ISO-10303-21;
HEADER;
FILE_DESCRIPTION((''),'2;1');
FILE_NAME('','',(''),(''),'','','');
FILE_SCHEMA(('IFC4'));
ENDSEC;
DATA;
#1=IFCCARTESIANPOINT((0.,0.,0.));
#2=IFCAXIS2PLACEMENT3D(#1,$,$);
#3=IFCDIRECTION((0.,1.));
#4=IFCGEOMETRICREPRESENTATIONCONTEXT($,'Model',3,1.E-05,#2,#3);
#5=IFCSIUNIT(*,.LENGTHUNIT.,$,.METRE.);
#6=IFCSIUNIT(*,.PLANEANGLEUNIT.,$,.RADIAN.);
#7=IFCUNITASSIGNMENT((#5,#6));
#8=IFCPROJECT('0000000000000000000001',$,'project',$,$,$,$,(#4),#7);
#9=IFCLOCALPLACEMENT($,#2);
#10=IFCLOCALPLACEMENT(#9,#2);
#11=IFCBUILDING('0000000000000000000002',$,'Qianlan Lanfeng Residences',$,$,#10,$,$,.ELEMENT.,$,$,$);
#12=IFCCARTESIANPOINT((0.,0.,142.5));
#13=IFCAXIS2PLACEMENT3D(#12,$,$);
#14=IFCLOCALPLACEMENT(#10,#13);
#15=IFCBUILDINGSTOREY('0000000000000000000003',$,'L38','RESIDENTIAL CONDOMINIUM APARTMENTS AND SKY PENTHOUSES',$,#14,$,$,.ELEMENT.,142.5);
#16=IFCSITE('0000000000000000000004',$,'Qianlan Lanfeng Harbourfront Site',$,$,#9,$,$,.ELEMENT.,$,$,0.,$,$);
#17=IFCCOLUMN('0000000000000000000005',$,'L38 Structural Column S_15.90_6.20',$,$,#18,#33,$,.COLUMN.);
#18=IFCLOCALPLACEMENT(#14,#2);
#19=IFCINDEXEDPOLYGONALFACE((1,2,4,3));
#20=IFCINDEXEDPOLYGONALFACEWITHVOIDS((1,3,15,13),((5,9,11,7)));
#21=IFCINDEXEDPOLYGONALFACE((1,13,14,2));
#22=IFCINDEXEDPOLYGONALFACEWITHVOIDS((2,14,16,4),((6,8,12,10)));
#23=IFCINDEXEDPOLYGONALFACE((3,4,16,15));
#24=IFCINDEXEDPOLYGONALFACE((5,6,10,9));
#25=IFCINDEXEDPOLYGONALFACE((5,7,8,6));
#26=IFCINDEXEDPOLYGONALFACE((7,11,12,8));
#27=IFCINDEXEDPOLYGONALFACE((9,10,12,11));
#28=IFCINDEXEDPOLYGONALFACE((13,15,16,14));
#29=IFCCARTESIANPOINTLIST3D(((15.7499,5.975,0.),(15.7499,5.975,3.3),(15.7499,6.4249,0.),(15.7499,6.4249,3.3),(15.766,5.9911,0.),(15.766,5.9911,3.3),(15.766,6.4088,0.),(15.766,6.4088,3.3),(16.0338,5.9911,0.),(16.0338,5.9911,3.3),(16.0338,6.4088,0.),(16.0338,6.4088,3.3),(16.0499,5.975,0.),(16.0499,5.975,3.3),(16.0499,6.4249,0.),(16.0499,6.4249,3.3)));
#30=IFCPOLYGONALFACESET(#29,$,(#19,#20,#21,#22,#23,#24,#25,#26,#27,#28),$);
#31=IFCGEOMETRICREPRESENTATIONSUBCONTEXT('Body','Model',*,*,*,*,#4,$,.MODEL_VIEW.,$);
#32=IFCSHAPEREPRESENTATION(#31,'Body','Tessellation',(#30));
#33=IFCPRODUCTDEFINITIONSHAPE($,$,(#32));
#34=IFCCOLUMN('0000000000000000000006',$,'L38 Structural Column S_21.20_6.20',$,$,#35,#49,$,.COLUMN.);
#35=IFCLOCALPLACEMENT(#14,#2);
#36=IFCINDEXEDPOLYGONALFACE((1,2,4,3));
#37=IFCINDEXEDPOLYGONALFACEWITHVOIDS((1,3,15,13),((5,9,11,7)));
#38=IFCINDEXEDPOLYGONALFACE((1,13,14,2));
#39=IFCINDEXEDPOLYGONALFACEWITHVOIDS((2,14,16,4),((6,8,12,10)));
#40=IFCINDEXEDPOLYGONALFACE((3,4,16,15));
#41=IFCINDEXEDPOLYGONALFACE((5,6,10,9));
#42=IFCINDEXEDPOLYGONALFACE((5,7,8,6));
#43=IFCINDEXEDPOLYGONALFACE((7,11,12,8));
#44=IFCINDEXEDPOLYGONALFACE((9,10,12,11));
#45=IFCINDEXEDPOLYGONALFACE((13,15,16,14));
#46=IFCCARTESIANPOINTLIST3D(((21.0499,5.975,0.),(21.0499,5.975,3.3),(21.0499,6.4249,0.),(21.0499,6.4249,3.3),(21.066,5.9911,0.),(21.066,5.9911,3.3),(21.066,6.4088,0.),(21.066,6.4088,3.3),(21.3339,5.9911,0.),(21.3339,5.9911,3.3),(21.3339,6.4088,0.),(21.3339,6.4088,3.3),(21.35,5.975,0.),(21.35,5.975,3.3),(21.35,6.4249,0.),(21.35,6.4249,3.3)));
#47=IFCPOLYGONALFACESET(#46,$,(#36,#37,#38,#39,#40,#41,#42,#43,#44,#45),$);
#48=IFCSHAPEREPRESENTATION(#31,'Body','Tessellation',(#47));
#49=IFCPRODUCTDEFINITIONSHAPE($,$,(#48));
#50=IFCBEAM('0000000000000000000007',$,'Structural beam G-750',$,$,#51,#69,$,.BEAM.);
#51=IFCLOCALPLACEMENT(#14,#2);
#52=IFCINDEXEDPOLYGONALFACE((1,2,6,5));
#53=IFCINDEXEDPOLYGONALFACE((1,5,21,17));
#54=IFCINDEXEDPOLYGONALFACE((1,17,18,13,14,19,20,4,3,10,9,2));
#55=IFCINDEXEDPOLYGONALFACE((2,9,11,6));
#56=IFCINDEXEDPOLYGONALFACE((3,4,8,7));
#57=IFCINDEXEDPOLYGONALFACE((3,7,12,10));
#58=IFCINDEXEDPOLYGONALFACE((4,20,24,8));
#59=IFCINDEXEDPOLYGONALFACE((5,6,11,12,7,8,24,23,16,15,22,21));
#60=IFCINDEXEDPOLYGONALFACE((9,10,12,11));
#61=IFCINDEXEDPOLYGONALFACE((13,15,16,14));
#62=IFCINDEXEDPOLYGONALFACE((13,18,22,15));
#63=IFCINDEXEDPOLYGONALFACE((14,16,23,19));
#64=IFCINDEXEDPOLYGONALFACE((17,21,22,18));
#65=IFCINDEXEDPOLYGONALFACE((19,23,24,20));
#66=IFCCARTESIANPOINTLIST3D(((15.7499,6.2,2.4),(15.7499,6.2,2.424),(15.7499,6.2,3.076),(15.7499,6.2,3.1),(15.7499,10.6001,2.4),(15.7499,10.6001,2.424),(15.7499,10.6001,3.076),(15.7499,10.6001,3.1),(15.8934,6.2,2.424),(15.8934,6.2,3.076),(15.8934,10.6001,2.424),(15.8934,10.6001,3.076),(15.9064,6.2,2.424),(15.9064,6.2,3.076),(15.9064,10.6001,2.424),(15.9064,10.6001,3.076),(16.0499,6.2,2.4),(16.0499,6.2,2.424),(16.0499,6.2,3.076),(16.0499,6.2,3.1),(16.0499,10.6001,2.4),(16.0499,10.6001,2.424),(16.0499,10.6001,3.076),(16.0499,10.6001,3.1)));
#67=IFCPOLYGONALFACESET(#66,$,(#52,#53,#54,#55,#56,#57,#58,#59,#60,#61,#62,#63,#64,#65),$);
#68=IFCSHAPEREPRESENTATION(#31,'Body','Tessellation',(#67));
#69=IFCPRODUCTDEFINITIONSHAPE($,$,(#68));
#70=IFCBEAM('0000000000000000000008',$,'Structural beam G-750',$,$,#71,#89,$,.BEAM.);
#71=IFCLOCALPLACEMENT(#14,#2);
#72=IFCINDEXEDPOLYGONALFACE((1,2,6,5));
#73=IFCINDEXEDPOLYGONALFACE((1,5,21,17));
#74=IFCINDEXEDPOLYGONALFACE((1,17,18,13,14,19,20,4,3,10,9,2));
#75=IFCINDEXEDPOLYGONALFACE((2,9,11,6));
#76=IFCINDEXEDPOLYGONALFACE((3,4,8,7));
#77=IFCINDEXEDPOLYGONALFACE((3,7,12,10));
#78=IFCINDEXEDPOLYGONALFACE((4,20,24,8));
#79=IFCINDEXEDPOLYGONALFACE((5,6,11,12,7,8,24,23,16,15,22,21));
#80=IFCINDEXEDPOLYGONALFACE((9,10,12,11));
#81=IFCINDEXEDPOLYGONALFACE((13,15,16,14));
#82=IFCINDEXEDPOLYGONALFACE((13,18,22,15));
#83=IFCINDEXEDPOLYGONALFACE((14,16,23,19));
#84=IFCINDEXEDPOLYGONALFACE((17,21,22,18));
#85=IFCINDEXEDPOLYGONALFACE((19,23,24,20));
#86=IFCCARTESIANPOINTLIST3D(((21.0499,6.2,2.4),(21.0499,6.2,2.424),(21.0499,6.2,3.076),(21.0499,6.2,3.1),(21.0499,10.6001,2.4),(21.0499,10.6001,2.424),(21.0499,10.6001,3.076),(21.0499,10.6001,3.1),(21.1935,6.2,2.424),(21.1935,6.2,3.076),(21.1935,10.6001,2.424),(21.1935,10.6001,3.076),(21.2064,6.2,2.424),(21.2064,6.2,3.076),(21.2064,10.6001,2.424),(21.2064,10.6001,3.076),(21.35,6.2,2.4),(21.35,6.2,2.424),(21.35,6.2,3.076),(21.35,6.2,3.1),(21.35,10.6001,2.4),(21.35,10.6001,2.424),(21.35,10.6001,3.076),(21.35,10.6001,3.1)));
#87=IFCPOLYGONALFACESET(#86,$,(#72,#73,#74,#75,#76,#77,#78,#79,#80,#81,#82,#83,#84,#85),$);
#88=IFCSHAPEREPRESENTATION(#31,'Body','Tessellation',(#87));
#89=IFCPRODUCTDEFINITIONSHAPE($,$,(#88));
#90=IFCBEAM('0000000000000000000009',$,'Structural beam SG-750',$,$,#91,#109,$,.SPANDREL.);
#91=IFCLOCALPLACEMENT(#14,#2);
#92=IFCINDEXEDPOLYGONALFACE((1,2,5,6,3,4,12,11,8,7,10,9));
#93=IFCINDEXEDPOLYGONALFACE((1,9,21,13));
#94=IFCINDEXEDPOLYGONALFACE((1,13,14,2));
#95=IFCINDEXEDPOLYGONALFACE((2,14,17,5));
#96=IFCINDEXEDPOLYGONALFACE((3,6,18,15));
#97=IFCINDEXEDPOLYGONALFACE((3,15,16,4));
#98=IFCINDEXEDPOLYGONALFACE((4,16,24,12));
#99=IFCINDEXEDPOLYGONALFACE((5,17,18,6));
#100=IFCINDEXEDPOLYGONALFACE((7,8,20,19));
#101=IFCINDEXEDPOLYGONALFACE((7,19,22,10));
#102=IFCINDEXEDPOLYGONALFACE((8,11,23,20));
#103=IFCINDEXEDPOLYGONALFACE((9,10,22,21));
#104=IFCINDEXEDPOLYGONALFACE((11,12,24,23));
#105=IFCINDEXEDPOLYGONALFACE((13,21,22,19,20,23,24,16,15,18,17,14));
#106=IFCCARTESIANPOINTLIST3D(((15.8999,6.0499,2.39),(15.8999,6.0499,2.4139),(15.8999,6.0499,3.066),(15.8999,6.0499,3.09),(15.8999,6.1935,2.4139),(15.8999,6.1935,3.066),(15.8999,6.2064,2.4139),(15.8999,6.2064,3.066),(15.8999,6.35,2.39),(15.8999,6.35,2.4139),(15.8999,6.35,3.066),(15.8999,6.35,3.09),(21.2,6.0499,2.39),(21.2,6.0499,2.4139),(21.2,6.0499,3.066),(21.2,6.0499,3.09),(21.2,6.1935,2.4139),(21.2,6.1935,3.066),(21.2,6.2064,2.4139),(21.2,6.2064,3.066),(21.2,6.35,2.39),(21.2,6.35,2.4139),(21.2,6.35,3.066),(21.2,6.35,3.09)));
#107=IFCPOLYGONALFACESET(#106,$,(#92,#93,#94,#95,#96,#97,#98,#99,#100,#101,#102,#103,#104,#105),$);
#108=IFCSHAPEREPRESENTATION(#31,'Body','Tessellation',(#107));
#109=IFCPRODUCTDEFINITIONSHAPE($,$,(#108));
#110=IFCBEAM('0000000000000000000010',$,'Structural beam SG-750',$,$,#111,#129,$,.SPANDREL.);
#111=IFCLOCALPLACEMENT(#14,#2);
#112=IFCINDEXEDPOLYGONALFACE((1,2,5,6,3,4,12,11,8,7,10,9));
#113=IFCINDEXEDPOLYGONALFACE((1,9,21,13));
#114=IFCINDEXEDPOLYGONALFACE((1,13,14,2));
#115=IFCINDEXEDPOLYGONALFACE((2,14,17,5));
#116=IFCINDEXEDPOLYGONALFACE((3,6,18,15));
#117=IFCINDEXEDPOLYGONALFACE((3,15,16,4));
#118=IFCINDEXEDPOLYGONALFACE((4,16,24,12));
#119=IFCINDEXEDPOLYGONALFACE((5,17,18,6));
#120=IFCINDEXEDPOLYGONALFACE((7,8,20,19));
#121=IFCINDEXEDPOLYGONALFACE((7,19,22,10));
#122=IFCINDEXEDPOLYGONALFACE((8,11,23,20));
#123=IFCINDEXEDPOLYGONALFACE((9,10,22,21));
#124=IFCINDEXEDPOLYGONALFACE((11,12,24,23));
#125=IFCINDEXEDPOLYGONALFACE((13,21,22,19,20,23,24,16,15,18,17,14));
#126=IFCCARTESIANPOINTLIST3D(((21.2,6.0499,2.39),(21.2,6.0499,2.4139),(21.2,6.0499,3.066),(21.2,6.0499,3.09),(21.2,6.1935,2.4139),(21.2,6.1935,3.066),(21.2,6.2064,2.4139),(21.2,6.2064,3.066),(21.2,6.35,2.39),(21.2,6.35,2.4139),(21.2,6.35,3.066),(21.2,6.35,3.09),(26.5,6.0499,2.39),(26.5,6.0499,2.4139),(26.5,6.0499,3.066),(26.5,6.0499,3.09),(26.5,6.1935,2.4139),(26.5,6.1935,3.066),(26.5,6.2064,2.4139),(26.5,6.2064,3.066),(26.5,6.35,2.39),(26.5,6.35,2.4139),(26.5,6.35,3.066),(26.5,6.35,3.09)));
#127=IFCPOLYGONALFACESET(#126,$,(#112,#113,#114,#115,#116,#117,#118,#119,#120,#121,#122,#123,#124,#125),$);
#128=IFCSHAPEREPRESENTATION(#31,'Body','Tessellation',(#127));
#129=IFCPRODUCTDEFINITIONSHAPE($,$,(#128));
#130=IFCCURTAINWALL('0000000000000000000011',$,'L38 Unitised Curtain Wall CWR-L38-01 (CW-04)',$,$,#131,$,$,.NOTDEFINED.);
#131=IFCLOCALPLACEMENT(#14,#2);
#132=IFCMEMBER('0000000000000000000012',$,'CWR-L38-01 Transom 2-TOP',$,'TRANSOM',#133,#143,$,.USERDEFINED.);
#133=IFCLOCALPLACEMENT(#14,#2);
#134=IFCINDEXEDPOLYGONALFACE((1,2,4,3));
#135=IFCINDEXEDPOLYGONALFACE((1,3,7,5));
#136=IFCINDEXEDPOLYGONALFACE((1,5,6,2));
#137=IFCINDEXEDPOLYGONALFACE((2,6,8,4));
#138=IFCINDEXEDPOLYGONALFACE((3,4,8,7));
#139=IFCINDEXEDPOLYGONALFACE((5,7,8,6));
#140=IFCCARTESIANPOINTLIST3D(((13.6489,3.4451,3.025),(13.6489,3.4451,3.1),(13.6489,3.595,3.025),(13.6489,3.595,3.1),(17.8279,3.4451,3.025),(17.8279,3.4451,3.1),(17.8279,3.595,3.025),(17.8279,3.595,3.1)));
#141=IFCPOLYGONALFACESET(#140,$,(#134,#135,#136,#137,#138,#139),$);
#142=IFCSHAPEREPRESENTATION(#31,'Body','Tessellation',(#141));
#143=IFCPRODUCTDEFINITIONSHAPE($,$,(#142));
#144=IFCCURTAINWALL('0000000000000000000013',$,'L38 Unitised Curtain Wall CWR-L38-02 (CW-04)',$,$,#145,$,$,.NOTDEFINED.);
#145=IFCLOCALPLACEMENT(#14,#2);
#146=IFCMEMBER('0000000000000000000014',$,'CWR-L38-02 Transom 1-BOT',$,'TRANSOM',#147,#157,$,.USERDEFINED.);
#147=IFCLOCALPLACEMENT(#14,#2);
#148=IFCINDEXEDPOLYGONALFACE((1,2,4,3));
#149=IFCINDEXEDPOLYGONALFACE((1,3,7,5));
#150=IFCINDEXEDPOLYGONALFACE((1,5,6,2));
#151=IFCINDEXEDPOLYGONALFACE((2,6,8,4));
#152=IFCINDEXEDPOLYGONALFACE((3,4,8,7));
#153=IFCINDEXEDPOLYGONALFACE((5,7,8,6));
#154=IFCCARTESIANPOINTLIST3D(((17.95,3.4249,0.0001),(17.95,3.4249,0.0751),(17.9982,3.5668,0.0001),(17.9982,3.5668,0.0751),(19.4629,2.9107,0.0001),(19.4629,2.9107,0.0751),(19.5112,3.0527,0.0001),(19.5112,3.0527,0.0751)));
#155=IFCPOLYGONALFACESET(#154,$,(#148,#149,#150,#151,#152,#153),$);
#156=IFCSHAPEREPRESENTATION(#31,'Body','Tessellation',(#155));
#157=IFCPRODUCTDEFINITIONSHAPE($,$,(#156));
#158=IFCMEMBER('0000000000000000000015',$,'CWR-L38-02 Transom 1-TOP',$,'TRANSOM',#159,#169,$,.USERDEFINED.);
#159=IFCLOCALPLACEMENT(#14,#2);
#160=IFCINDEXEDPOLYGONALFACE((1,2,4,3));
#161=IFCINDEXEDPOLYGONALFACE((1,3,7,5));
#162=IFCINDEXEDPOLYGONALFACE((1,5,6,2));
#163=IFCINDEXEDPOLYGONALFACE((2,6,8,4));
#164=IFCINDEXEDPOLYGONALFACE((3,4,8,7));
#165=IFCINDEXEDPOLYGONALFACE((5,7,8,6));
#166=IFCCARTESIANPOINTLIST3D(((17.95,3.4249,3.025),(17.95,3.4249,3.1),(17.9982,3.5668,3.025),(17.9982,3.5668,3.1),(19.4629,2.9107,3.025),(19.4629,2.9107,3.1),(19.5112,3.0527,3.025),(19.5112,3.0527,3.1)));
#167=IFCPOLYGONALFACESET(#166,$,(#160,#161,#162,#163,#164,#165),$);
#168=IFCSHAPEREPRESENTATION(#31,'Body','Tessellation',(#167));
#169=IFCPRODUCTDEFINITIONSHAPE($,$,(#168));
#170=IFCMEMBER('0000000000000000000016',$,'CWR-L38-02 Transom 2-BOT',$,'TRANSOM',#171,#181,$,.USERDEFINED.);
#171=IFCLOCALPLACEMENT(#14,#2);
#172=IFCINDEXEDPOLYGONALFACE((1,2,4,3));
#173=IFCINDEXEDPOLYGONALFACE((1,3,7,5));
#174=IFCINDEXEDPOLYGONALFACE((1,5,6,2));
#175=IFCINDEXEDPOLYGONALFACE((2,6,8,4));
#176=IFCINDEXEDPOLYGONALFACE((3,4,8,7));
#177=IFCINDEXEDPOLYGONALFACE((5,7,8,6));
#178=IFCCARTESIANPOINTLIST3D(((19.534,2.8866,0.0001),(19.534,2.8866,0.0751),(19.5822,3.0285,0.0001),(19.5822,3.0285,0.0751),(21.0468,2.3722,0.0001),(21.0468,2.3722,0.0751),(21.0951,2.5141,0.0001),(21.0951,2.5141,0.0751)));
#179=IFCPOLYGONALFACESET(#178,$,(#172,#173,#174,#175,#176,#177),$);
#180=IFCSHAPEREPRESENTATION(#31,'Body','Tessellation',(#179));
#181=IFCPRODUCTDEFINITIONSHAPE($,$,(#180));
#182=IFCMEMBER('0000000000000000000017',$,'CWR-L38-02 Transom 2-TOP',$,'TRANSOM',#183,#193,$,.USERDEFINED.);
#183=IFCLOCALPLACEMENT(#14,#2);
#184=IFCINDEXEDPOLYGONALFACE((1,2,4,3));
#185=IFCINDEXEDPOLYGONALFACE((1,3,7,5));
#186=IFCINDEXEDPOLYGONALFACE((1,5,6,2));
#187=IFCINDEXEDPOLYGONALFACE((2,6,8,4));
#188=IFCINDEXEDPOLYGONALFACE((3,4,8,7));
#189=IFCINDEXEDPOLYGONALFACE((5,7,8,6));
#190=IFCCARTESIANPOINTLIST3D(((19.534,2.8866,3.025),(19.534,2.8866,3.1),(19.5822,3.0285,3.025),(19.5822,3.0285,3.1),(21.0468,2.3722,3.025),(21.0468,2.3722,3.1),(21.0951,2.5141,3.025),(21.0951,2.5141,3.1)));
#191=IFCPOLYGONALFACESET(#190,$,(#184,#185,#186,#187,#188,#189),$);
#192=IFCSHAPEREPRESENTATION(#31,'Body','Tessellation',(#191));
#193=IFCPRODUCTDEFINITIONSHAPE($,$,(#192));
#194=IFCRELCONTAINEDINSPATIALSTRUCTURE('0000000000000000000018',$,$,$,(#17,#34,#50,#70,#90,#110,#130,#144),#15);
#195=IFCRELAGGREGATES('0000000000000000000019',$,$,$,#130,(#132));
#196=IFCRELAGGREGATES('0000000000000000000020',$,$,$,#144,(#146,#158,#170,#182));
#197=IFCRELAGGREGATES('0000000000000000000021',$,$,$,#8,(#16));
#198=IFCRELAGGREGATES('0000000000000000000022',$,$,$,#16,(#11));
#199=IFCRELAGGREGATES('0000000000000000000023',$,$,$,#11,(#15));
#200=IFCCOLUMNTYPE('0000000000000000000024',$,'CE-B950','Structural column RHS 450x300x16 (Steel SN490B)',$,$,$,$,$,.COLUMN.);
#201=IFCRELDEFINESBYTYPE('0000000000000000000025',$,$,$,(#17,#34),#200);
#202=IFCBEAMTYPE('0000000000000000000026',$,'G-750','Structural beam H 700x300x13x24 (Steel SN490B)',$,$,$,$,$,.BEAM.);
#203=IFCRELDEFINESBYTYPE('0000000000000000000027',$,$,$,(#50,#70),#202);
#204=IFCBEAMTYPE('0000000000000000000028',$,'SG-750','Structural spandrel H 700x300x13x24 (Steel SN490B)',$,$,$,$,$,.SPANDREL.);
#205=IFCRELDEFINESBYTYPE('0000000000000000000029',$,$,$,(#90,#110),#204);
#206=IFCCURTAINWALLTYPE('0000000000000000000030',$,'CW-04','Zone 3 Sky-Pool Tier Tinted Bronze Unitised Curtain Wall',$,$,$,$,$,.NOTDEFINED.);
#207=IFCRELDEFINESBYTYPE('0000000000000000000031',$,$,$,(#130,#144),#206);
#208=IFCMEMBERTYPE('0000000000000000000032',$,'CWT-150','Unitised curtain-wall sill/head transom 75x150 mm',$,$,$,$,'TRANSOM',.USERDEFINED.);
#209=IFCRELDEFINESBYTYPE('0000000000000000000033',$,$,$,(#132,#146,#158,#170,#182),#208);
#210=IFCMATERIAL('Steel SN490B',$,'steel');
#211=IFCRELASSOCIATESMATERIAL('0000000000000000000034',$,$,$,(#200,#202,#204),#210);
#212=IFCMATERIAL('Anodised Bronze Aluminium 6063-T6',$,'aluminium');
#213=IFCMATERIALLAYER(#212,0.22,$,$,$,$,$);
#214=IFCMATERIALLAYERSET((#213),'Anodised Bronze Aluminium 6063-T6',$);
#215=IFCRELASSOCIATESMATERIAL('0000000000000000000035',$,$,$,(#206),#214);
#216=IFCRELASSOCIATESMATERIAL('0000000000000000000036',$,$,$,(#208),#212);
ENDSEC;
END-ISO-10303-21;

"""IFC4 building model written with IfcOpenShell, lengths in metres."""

from ifc_helpers import new_model, si_unit, direction, frame, origin, origin_2d, place, context, subcontext, project, spatial, rectangle, hollow_rectangle, i_section, extrude, source, transform, mapped, material, layer, layer_set, material_profile, profile_set, type_object, element, aggregate, save


model = new_model("IFC4")

# Units and contexts
model_context = context("Model", 3, precision=1e-05, world=origin(), true_north=direction((0.0, 1.0)))
body_context = subcontext(model_context, "Body", "Model", "MODEL_VIEW")
ifc_project = project(units=[si_unit("LENGTHUNIT", "METRE"), si_unit("PLANEANGLEUNIT", "RADIAN")], contexts=[model_context])

# Site, building, storey
site_placement = place(None, origin())
site = spatial("IfcSite", under=ifc_project, at=site_placement, Name="Qianlan Lanfeng Harbourfront Site", CompositionType="ELEMENT", RefElevation=0.0)
building_placement = place(site_placement, origin())
building = spatial("IfcBuilding", under=site, at=building_placement, Name="Qianlan Lanfeng Residences", CompositionType="ELEMENT")
storey_placement = place(building_placement, frame((0.0, 0.0, 142.5)))
storey = spatial("IfcBuildingStorey", under=building, at=storey_placement, Name="L38", Description="RESIDENTIAL CONDOMINIUM APARTMENTS AND SKY PENTHOUSES", CompositionType="ELEMENT", Elevation=142.5)

# Columns
ifc_material_1 = material(Name="Steel SN490B", Category="steel")
ifc_material_profile_1 = material_profile(ifc_material_1, hollow_rectangle(XDim=0.3, YDim=0.45, WallThickness=0.0161, at=origin_2d()), Name="RHS 450x300x16")
ifc_profile_set_1 = profile_set([ifc_material_profile_1], Name="Steel SN490B")
column_type = type_object("IfcColumnType", Name="CE-B950", Description="Structural column RHS 450x300x16 (Steel SN490B)", PredefinedType="COLUMN", material=ifc_profile_set_1)
for number, where, z_axis, x_axis, name in (
    (1, (15.8999, 6.2, 0.0), (0.0, 0.0, 1.0), (1.0, 0.0, 0.0), "L38 Structural Column S_15.90_6.20"),
    (2, (21.2, 6.2, 0.0), (0.0, 0.0, 1.0), (1.0, 0.0, 0.0), "L38 Structural Column S_21.20_6.20"),
):
    element("IfcColumn", number, at=place(storey_placement, frame(where, z_axis=z_axis, x_axis=x_axis)), inside=storey, type_object=column_type, Name=name, PredefinedType="COLUMN", context=body_context, shape_type="SweptSolid", body=[
        extrude(hollow_rectangle(XDim=0.3, YDim=0.45, WallThickness=0.0161, at=origin_2d()), origin(), (0.0, 0.0, 1.0), 3.3),
    ])

# Beams
ifc_material_profile_2 = material_profile(ifc_material_1, i_section(OverallWidth=0.3, OverallDepth=0.7, WebThickness=0.0129, FlangeThickness=0.0239, at=origin_2d()), Name="H 700x300x13x24")
ifc_profile_set_2 = profile_set([ifc_material_profile_2], Name="Steel SN490B")
beam_type_1 = type_object("IfcBeamType", Name="G-750", Description="Structural beam H 700x300x13x24 (Steel SN490B)", PredefinedType="BEAM", material=ifc_profile_set_2)
for number, where, z_axis, x_axis, name in (
    (3, (15.8999, 6.2, 2.75), (0.0, 1.0, 0.0), (-1.0, 0.0, 0.0), "Structural beam G-750"),
    (4, (21.2, 6.2, 2.75), (0.0, 1.0, 0.0), (-1.0, 0.0, 0.0), "Structural beam G-750"),
):
    element("IfcBeam", number, at=place(storey_placement, frame(where, z_axis=z_axis, x_axis=x_axis)), inside=storey, type_object=beam_type_1, Name=name, PredefinedType="BEAM", context=body_context, shape_type="SweptSolid", body=[
        extrude(i_section(OverallWidth=0.3, OverallDepth=0.7, WebThickness=0.0129, FlangeThickness=0.0239, at=origin_2d()), origin(), (0.0, 0.0, 1.0), 4.4001),
    ])
ifc_material_profile_3 = material_profile(ifc_material_1, i_section(OverallWidth=0.3, OverallDepth=0.7, WebThickness=0.0129, FlangeThickness=0.0239, at=origin_2d()), Name="H 700x300x13x24")
ifc_profile_set_3 = profile_set([ifc_material_profile_3], Name="Steel SN490B")
beam_type_2 = type_object("IfcBeamType", Name="SG-750", Description="Structural spandrel H 700x300x13x24 (Steel SN490B)", PredefinedType="SPANDREL", material=ifc_profile_set_3)
for number, where, z_axis, x_axis, name in (
    (5, (15.8999, 6.2, 2.74), (1.0, 0.0, 0.0), (0.0, 1.0, 0.0), "Structural beam SG-750"),
    (6, (21.2, 6.2, 2.74), (1.0, 0.0, 0.0), (0.0, 1.0, 0.0), "Structural beam SG-750"),
):
    element("IfcBeam", number, at=place(storey_placement, frame(where, z_axis=z_axis, x_axis=x_axis)), inside=storey, type_object=beam_type_2, Name=name, PredefinedType="SPANDREL", context=body_context, shape_type="SweptSolid", body=[
        extrude(i_section(OverallWidth=0.3, OverallDepth=0.7, WebThickness=0.0129, FlangeThickness=0.0239, at=origin_2d()), origin(), (0.0, 0.0, 1.0), 5.3),
    ])

# Curtain wall, member
ifc_material_2 = material(Name="Anodised Bronze Aluminium 6063-T6", Category="aluminium")
ifc_layer_1 = layer(ifc_material_2, 0.22)
ifc_layer_set_1 = layer_set([ifc_layer_1], Name="Anodised Bronze Aluminium 6063-T6")
curtain_wall_type = type_object("IfcCurtainWallType", Name="CW-04", Description="Zone 3 Sky-Pool Tier Tinted Bronze Unitised Curtain Wall", PredefinedType="NOTDEFINED", material=ifc_layer_set_1)
curtain_wall_1_placement = place(storey_placement, origin())
curtain_wall_1 = element("IfcCurtainWall", 7, at=curtain_wall_1_placement, inside=storey, type_object=curtain_wall_type, Name="L38 Unitised Curtain Wall CWR-L38-01 (CW-04)", PredefinedType="NOTDEFINED")
ifc_material_profile_4 = material_profile(ifc_material_2, rectangle(XDim=0.075, YDim=0.1499, at=origin_2d()), Name="ALU TRANSOM 75x150")
ifc_profile_set_4 = profile_set([ifc_material_profile_4], Name="Anodised Bronze Aluminium 6063-T6")
member_type_1 = type_object("IfcMemberType", Name="CWT-150", Description="Unitised curtain-wall sill/head transom 75x150 mm", ElementType="TRANSOM", PredefinedType="USERDEFINED", material=ifc_profile_set_4)
shared_shape_1 = source(origin(), body_context, "Body", "SweptSolid", [
    extrude(rectangle(XDim=0.075, YDim=0.1499, at=origin_2d()), origin(), (0.0, 0.0, 1.0), 4.179),
])
member_1_placement = place(storey_placement, frame((13.6489, 3.52, 3.0625), z_axis=(1.0, 0.0, 0.0), x_axis=(0.0, 0.0, 1.0)))
member_1 = element("IfcMember", 8, at=member_1_placement, type_object=member_type_1, Name="CWR-L38-01 Transom 2-TOP", ObjectType="TRANSOM", PredefinedType="USERDEFINED", context=body_context, shape_type="MappedRepresentation", body=[
    mapped(shared_shape_1, transform((0.0, 0.0, 0.0), scale=1.0)),
])

# Curtain wall, members
curtain_wall_2_placement = place(storey_placement, origin())
curtain_wall_2 = element("IfcCurtainWall", 9, at=curtain_wall_2_placement, inside=storey, type_object=curtain_wall_type, Name="L38 Unitised Curtain Wall CWR-L38-02 (CW-04)", PredefinedType="NOTDEFINED")
shared_shape_2 = source(origin(), body_context, "Body", "SweptSolid", [
    extrude(rectangle(XDim=0.075, YDim=0.1499, at=origin_2d()), origin(), (0.0, 0.0, 1.0), 1.5979),
])
member_2_placement = place(storey_placement, frame((17.9741, 3.4958, 0.0376), z_axis=(0.946818, -0.321769, 0.0), x_axis=(0.0, 0.0, 1.0)))
member_2 = element("IfcMember", 10, at=member_2_placement, type_object=member_type_1, Name="CWR-L38-02 Transom 1-BOT", ObjectType="TRANSOM", PredefinedType="USERDEFINED", context=body_context, shape_type="MappedRepresentation", body=[
    mapped(shared_shape_2, transform((0.0, 0.0, 0.0), scale=1.0)),
])
member_3_placement = place(storey_placement, frame((17.9741, 3.4958, 3.0625), z_axis=(0.946818, -0.321769, 0.0), x_axis=(0.0, 0.0, 1.0)))
member_3 = element("IfcMember", 11, at=member_3_placement, type_object=member_type_1, Name="CWR-L38-02 Transom 1-TOP", ObjectType="TRANSOM", PredefinedType="USERDEFINED", context=body_context, shape_type="MappedRepresentation", body=[
    mapped(shared_shape_2, transform((0.0, 0.0, 0.0), scale=1.0)),
])
member_4_placement = place(storey_placement, frame((19.5581, 2.9575, 0.0376), z_axis=(0.946772, -0.321905, 0.0), x_axis=(0.0, 0.0, 1.0)))
member_4 = element("IfcMember", 12, at=member_4_placement, type_object=member_type_1, Name="CWR-L38-02 Transom 2-BOT", ObjectType="TRANSOM", PredefinedType="USERDEFINED", context=body_context, shape_type="MappedRepresentation", body=[
    mapped(shared_shape_2, transform((0.0, 0.0, 0.0), scale=1.0)),
])
member_5_placement = place(storey_placement, frame((19.5581, 2.9575, 3.0625), z_axis=(0.946772, -0.321905, 0.0), x_axis=(0.0, 0.0, 1.0)))
member_5 = element("IfcMember", 13, at=member_5_placement, type_object=member_type_1, Name="CWR-L38-02 Transom 2-TOP", ObjectType="TRANSOM", PredefinedType="USERDEFINED", context=body_context, shape_type="MappedRepresentation", body=[
    mapped(shared_shape_2, transform((0.0, 0.0, 0.0), scale=1.0)),
])

aggregate(curtain_wall_1, [member_1])
aggregate(curtain_wall_2, [member_2, member_3, member_4, member_5])

save(model, "model.ifc")
